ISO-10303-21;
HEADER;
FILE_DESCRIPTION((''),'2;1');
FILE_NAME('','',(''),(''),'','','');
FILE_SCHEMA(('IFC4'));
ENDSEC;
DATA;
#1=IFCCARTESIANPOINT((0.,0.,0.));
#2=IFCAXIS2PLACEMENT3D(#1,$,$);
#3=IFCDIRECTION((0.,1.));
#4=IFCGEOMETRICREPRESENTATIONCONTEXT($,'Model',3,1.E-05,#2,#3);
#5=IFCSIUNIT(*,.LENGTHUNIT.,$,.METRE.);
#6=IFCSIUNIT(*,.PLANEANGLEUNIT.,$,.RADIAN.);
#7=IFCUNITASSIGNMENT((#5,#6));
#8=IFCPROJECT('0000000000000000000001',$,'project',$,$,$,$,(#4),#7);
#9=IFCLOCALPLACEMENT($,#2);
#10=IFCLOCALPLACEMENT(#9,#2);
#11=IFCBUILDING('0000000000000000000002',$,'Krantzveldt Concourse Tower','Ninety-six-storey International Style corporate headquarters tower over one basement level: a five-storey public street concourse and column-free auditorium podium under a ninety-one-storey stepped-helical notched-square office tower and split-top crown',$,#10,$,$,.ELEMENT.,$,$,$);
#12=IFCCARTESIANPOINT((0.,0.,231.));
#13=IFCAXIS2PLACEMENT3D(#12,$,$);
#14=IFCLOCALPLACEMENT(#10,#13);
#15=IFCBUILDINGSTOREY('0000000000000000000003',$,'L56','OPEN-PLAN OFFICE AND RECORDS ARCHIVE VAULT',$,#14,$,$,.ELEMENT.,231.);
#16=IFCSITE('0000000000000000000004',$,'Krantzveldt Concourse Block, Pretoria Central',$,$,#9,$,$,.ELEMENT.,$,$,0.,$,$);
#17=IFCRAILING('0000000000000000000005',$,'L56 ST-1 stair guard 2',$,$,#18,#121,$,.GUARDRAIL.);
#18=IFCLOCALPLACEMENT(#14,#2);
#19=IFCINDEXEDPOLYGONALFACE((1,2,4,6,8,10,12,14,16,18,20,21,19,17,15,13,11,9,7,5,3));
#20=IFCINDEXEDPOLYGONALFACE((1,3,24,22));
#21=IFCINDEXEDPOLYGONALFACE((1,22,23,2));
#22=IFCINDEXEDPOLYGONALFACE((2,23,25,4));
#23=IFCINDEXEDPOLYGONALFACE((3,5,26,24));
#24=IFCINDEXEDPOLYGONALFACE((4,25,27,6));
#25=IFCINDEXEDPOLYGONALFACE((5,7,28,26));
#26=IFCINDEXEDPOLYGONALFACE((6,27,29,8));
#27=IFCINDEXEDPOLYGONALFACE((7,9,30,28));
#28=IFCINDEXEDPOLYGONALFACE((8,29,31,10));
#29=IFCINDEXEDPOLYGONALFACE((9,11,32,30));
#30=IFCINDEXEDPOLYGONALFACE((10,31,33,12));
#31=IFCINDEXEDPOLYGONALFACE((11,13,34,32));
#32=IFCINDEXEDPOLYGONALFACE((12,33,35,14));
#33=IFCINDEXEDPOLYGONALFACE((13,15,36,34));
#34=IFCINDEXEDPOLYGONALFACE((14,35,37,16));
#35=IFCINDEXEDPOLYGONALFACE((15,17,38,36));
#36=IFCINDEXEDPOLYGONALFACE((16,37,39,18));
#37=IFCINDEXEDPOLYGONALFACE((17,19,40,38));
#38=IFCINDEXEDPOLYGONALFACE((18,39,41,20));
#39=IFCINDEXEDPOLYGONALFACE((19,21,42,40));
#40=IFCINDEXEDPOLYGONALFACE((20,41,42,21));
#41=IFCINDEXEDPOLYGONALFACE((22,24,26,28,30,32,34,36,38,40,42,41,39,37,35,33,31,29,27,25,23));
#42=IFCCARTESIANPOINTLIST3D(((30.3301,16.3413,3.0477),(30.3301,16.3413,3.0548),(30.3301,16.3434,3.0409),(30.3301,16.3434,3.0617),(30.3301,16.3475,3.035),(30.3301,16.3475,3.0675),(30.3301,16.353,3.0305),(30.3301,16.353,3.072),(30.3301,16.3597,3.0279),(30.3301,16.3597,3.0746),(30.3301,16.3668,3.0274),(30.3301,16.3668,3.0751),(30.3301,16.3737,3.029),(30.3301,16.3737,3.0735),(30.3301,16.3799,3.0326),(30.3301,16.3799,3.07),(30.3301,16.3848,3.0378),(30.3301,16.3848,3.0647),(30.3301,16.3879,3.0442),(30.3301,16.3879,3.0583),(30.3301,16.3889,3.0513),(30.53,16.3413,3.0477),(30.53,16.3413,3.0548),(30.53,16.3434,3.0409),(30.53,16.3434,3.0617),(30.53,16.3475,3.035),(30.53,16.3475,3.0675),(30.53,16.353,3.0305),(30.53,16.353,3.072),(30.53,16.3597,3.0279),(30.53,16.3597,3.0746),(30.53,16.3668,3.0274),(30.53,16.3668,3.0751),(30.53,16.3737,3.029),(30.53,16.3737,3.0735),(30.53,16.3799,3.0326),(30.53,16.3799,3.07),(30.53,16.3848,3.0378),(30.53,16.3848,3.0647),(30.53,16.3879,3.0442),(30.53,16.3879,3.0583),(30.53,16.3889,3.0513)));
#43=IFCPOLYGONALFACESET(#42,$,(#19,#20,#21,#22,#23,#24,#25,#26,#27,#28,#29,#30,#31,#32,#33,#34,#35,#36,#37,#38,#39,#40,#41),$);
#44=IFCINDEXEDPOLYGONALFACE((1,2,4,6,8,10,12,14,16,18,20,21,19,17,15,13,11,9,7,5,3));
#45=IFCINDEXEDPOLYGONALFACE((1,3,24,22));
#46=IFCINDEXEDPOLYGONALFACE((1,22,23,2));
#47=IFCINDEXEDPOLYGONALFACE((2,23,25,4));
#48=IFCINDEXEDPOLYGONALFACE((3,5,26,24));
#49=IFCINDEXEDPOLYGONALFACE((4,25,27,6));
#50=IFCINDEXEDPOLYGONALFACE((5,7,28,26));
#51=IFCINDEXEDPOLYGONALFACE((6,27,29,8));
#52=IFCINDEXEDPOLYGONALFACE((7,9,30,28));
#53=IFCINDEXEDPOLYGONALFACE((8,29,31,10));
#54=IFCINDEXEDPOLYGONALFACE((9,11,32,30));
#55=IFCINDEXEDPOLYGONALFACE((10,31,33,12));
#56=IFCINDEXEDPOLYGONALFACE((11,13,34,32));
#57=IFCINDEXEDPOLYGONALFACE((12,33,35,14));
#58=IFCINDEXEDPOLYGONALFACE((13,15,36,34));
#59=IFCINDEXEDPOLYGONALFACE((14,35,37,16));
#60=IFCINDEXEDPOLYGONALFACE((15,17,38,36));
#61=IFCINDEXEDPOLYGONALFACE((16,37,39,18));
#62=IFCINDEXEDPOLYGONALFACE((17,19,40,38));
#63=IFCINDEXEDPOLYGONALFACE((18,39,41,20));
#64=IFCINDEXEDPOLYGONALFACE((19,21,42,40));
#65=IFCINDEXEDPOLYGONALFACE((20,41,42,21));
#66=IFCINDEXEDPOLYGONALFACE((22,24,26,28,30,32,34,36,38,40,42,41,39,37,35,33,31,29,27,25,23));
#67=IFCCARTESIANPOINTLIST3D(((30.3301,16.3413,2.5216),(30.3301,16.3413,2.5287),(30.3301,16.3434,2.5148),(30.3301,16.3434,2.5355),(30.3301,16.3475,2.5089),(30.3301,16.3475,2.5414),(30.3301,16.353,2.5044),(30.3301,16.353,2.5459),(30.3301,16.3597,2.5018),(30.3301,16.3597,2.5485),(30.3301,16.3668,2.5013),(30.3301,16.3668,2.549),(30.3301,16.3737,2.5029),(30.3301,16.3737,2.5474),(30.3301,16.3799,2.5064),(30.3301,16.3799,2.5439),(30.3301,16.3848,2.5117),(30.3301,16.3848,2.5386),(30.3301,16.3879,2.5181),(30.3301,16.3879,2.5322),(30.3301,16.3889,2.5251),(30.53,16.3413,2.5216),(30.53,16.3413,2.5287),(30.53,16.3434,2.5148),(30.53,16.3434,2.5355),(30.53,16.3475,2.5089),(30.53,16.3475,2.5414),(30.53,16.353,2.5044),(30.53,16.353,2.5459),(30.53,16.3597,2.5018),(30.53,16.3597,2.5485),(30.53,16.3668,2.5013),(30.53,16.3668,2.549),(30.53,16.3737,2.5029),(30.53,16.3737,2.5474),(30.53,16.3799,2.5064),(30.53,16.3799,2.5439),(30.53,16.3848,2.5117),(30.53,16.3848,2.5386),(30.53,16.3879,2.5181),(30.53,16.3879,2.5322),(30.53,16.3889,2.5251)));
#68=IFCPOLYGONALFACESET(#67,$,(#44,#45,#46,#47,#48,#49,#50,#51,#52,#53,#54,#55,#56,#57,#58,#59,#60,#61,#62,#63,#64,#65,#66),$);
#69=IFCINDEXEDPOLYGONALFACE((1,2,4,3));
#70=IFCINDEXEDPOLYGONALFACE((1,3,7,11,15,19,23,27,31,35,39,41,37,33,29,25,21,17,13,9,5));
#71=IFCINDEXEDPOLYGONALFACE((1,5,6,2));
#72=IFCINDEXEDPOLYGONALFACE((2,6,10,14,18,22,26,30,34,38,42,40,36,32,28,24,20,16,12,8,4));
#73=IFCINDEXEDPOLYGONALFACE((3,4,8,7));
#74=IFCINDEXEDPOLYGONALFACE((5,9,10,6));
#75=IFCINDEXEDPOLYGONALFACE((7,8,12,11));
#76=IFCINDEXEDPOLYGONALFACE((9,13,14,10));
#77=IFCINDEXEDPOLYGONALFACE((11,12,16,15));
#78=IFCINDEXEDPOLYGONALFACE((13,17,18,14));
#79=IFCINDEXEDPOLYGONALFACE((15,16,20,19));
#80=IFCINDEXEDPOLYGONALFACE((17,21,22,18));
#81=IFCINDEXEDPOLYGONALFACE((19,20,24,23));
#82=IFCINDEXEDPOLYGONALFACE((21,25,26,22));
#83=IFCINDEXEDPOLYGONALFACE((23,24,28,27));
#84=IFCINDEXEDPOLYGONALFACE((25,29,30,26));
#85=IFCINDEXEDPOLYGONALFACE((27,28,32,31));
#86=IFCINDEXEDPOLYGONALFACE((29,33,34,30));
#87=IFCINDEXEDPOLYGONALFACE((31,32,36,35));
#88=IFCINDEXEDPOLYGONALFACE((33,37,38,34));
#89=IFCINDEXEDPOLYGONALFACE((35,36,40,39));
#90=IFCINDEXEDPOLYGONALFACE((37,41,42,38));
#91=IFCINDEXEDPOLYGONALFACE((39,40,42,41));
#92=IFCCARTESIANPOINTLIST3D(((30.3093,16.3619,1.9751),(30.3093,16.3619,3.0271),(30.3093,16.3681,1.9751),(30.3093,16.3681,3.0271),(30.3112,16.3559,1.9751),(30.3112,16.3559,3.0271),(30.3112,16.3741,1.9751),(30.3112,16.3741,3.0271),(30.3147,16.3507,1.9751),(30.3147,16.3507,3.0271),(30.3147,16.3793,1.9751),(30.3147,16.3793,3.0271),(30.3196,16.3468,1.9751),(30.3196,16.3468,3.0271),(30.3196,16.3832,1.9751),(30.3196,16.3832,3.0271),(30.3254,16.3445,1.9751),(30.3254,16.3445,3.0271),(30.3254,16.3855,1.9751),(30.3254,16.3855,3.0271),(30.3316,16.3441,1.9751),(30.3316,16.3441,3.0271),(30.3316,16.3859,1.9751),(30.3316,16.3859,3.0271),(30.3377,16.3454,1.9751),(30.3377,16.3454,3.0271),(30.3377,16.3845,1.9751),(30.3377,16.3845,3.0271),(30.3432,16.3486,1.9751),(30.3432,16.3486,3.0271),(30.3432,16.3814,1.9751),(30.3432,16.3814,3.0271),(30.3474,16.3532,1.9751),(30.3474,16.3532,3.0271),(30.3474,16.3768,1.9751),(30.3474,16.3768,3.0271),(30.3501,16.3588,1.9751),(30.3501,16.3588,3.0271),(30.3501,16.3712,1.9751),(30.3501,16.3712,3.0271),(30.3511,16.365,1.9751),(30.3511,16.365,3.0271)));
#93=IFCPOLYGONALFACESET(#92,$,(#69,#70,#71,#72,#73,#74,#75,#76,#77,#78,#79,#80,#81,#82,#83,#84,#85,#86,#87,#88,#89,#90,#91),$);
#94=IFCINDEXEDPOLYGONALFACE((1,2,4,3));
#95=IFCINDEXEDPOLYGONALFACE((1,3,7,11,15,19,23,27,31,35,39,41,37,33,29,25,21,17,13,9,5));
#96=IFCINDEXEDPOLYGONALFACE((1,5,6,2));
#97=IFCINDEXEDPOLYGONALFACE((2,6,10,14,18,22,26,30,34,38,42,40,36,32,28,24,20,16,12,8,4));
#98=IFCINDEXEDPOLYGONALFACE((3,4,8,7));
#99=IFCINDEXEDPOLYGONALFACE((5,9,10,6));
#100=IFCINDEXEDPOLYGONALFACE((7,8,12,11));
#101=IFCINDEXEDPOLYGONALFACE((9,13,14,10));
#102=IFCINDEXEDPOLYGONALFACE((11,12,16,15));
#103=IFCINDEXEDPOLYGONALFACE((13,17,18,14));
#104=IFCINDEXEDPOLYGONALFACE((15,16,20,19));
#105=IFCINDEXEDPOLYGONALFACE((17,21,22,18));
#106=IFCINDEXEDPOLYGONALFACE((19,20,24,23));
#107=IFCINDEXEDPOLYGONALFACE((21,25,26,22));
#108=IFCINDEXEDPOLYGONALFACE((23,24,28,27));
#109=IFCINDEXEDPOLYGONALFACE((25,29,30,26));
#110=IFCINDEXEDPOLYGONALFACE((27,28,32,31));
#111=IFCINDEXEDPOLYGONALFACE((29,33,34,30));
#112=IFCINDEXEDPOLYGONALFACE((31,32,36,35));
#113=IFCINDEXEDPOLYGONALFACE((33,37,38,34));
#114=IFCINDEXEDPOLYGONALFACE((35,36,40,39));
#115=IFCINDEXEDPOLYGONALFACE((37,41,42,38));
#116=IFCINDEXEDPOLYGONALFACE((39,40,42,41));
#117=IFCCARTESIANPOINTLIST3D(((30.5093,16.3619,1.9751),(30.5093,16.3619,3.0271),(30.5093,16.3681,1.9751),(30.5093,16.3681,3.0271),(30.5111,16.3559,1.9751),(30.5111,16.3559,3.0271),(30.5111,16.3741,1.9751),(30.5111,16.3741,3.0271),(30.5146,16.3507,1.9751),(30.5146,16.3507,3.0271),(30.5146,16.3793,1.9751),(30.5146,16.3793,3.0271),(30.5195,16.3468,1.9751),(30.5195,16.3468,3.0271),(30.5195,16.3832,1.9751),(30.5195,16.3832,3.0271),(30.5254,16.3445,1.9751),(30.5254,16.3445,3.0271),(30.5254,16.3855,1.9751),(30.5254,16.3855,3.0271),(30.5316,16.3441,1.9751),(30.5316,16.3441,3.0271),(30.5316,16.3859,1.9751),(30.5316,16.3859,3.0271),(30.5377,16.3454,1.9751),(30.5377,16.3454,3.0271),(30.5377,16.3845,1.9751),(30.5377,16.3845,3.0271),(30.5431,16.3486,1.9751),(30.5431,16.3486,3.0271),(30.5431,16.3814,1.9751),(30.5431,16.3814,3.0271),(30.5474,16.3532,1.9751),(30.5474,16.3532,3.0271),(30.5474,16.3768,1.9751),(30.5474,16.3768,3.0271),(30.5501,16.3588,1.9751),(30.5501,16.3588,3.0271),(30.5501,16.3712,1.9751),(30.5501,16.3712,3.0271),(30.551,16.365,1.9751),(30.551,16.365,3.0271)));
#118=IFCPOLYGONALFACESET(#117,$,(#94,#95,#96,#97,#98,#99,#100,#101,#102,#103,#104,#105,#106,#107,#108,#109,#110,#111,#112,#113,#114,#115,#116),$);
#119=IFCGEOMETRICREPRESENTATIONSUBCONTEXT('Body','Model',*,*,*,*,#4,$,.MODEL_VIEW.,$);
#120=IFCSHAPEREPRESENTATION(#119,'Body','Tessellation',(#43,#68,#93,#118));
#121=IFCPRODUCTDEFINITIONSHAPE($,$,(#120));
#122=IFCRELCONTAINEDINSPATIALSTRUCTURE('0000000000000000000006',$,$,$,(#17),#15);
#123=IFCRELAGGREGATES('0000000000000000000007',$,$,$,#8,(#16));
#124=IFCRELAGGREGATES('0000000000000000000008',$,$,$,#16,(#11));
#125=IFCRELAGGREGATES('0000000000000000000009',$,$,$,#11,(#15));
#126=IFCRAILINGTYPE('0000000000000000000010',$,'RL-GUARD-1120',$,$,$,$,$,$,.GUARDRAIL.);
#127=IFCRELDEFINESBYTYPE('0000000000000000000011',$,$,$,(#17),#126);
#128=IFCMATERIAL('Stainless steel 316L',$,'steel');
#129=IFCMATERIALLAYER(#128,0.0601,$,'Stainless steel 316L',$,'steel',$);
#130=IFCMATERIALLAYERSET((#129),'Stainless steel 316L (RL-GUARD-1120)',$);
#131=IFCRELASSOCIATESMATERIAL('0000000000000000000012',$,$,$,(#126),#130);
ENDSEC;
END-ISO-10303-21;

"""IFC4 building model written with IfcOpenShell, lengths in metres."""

from ifc_helpers import new_model, si_unit, direction, frame, origin, origin_2d, place, context, subcontext, project, spatial, circle, extrude, material, layer, layer_set, type_object, element, save


model = new_model("IFC4")

# Units and contexts
model_context = context("Model", 3, precision=1e-05, world=origin(), true_north=direction((0.0, 1.0)))
body_context = subcontext(model_context, "Body", "Model", "MODEL_VIEW")
ifc_project = project(units=[si_unit("LENGTHUNIT", "METRE"), si_unit("PLANEANGLEUNIT", "RADIAN")], contexts=[model_context])

# Site, building, storey
site_placement = place(None, origin())
site = spatial("IfcSite", under=ifc_project, at=site_placement, Name="Krantzveldt Concourse Block, Pretoria Central", CompositionType="ELEMENT", RefElevation=0.0)
building_placement = place(site_placement, origin())
building = spatial("IfcBuilding", under=site, at=building_placement, Name="Krantzveldt Concourse Tower", Description="Ninety-six-storey International Style corporate headquarters tower over one basement level: a five-storey public street concourse and column-free auditorium podium under a ninety-one-storey stepped-helical notched-square office tower and split-top crown", CompositionType="ELEMENT")
storey_placement = place(building_placement, frame((0.0, 0.0, 231.0)))
storey = spatial("IfcBuildingStorey", under=building, at=storey_placement, Name="L56", Description="OPEN-PLAN OFFICE AND RECORDS ARCHIVE VAULT", CompositionType="ELEMENT", Elevation=231.0)

# Shared definitions
ifc_material_1 = material(Name="Stainless steel 316L", Category="steel")

# Railing
ifc_layer_1 = layer(ifc_material_1, 0.0601, Name="Stainless steel 316L", Category="steel")
ifc_layer_set_1 = layer_set([ifc_layer_1], Name="Stainless steel 316L (RL-GUARD-1120)")
railing_type_1 = type_object("IfcRailingType", Name="RL-GUARD-1120", PredefinedType="GUARDRAIL", material=ifc_layer_set_1)
railing_1_placement = place(storey_placement, frame((30.3301, 16.365, 1.9751)))
element("IfcRailing", 1, at=railing_1_placement, inside=storey, type_object=railing_type_1, Name="L56 ST-1 stair guard 2", PredefinedType="GUARDRAIL", context=body_context, shape_type="SweptSolid", body=[
    extrude(circle(Radius=0.0239, at=origin_2d()), frame((0.0, 0.0, 1.0762), z_axis=(1.0, 0.0, 0.0), x_axis=(0.0, 1.0, 0.0)), (0.0, 0.0, 1.0), 0.2),
    extrude(circle(Radius=0.0239, at=origin_2d()), frame((0.0, 0.0, 0.55), z_axis=(1.0, 0.0, 0.0), x_axis=(0.0, 1.0, 0.0)), (0.0, 0.0, 1.0), 0.2),
    extrude(circle(Radius=0.021, at=origin_2d()), origin(), (0.0, 0.0, 1.0), 1.052),
    extrude(circle(Radius=0.021, at=origin_2d()), frame((0.2, 0.0, 0.0)), (0.0, 0.0, 1.0), 1.052),
])

save(model, "model.ifc")
